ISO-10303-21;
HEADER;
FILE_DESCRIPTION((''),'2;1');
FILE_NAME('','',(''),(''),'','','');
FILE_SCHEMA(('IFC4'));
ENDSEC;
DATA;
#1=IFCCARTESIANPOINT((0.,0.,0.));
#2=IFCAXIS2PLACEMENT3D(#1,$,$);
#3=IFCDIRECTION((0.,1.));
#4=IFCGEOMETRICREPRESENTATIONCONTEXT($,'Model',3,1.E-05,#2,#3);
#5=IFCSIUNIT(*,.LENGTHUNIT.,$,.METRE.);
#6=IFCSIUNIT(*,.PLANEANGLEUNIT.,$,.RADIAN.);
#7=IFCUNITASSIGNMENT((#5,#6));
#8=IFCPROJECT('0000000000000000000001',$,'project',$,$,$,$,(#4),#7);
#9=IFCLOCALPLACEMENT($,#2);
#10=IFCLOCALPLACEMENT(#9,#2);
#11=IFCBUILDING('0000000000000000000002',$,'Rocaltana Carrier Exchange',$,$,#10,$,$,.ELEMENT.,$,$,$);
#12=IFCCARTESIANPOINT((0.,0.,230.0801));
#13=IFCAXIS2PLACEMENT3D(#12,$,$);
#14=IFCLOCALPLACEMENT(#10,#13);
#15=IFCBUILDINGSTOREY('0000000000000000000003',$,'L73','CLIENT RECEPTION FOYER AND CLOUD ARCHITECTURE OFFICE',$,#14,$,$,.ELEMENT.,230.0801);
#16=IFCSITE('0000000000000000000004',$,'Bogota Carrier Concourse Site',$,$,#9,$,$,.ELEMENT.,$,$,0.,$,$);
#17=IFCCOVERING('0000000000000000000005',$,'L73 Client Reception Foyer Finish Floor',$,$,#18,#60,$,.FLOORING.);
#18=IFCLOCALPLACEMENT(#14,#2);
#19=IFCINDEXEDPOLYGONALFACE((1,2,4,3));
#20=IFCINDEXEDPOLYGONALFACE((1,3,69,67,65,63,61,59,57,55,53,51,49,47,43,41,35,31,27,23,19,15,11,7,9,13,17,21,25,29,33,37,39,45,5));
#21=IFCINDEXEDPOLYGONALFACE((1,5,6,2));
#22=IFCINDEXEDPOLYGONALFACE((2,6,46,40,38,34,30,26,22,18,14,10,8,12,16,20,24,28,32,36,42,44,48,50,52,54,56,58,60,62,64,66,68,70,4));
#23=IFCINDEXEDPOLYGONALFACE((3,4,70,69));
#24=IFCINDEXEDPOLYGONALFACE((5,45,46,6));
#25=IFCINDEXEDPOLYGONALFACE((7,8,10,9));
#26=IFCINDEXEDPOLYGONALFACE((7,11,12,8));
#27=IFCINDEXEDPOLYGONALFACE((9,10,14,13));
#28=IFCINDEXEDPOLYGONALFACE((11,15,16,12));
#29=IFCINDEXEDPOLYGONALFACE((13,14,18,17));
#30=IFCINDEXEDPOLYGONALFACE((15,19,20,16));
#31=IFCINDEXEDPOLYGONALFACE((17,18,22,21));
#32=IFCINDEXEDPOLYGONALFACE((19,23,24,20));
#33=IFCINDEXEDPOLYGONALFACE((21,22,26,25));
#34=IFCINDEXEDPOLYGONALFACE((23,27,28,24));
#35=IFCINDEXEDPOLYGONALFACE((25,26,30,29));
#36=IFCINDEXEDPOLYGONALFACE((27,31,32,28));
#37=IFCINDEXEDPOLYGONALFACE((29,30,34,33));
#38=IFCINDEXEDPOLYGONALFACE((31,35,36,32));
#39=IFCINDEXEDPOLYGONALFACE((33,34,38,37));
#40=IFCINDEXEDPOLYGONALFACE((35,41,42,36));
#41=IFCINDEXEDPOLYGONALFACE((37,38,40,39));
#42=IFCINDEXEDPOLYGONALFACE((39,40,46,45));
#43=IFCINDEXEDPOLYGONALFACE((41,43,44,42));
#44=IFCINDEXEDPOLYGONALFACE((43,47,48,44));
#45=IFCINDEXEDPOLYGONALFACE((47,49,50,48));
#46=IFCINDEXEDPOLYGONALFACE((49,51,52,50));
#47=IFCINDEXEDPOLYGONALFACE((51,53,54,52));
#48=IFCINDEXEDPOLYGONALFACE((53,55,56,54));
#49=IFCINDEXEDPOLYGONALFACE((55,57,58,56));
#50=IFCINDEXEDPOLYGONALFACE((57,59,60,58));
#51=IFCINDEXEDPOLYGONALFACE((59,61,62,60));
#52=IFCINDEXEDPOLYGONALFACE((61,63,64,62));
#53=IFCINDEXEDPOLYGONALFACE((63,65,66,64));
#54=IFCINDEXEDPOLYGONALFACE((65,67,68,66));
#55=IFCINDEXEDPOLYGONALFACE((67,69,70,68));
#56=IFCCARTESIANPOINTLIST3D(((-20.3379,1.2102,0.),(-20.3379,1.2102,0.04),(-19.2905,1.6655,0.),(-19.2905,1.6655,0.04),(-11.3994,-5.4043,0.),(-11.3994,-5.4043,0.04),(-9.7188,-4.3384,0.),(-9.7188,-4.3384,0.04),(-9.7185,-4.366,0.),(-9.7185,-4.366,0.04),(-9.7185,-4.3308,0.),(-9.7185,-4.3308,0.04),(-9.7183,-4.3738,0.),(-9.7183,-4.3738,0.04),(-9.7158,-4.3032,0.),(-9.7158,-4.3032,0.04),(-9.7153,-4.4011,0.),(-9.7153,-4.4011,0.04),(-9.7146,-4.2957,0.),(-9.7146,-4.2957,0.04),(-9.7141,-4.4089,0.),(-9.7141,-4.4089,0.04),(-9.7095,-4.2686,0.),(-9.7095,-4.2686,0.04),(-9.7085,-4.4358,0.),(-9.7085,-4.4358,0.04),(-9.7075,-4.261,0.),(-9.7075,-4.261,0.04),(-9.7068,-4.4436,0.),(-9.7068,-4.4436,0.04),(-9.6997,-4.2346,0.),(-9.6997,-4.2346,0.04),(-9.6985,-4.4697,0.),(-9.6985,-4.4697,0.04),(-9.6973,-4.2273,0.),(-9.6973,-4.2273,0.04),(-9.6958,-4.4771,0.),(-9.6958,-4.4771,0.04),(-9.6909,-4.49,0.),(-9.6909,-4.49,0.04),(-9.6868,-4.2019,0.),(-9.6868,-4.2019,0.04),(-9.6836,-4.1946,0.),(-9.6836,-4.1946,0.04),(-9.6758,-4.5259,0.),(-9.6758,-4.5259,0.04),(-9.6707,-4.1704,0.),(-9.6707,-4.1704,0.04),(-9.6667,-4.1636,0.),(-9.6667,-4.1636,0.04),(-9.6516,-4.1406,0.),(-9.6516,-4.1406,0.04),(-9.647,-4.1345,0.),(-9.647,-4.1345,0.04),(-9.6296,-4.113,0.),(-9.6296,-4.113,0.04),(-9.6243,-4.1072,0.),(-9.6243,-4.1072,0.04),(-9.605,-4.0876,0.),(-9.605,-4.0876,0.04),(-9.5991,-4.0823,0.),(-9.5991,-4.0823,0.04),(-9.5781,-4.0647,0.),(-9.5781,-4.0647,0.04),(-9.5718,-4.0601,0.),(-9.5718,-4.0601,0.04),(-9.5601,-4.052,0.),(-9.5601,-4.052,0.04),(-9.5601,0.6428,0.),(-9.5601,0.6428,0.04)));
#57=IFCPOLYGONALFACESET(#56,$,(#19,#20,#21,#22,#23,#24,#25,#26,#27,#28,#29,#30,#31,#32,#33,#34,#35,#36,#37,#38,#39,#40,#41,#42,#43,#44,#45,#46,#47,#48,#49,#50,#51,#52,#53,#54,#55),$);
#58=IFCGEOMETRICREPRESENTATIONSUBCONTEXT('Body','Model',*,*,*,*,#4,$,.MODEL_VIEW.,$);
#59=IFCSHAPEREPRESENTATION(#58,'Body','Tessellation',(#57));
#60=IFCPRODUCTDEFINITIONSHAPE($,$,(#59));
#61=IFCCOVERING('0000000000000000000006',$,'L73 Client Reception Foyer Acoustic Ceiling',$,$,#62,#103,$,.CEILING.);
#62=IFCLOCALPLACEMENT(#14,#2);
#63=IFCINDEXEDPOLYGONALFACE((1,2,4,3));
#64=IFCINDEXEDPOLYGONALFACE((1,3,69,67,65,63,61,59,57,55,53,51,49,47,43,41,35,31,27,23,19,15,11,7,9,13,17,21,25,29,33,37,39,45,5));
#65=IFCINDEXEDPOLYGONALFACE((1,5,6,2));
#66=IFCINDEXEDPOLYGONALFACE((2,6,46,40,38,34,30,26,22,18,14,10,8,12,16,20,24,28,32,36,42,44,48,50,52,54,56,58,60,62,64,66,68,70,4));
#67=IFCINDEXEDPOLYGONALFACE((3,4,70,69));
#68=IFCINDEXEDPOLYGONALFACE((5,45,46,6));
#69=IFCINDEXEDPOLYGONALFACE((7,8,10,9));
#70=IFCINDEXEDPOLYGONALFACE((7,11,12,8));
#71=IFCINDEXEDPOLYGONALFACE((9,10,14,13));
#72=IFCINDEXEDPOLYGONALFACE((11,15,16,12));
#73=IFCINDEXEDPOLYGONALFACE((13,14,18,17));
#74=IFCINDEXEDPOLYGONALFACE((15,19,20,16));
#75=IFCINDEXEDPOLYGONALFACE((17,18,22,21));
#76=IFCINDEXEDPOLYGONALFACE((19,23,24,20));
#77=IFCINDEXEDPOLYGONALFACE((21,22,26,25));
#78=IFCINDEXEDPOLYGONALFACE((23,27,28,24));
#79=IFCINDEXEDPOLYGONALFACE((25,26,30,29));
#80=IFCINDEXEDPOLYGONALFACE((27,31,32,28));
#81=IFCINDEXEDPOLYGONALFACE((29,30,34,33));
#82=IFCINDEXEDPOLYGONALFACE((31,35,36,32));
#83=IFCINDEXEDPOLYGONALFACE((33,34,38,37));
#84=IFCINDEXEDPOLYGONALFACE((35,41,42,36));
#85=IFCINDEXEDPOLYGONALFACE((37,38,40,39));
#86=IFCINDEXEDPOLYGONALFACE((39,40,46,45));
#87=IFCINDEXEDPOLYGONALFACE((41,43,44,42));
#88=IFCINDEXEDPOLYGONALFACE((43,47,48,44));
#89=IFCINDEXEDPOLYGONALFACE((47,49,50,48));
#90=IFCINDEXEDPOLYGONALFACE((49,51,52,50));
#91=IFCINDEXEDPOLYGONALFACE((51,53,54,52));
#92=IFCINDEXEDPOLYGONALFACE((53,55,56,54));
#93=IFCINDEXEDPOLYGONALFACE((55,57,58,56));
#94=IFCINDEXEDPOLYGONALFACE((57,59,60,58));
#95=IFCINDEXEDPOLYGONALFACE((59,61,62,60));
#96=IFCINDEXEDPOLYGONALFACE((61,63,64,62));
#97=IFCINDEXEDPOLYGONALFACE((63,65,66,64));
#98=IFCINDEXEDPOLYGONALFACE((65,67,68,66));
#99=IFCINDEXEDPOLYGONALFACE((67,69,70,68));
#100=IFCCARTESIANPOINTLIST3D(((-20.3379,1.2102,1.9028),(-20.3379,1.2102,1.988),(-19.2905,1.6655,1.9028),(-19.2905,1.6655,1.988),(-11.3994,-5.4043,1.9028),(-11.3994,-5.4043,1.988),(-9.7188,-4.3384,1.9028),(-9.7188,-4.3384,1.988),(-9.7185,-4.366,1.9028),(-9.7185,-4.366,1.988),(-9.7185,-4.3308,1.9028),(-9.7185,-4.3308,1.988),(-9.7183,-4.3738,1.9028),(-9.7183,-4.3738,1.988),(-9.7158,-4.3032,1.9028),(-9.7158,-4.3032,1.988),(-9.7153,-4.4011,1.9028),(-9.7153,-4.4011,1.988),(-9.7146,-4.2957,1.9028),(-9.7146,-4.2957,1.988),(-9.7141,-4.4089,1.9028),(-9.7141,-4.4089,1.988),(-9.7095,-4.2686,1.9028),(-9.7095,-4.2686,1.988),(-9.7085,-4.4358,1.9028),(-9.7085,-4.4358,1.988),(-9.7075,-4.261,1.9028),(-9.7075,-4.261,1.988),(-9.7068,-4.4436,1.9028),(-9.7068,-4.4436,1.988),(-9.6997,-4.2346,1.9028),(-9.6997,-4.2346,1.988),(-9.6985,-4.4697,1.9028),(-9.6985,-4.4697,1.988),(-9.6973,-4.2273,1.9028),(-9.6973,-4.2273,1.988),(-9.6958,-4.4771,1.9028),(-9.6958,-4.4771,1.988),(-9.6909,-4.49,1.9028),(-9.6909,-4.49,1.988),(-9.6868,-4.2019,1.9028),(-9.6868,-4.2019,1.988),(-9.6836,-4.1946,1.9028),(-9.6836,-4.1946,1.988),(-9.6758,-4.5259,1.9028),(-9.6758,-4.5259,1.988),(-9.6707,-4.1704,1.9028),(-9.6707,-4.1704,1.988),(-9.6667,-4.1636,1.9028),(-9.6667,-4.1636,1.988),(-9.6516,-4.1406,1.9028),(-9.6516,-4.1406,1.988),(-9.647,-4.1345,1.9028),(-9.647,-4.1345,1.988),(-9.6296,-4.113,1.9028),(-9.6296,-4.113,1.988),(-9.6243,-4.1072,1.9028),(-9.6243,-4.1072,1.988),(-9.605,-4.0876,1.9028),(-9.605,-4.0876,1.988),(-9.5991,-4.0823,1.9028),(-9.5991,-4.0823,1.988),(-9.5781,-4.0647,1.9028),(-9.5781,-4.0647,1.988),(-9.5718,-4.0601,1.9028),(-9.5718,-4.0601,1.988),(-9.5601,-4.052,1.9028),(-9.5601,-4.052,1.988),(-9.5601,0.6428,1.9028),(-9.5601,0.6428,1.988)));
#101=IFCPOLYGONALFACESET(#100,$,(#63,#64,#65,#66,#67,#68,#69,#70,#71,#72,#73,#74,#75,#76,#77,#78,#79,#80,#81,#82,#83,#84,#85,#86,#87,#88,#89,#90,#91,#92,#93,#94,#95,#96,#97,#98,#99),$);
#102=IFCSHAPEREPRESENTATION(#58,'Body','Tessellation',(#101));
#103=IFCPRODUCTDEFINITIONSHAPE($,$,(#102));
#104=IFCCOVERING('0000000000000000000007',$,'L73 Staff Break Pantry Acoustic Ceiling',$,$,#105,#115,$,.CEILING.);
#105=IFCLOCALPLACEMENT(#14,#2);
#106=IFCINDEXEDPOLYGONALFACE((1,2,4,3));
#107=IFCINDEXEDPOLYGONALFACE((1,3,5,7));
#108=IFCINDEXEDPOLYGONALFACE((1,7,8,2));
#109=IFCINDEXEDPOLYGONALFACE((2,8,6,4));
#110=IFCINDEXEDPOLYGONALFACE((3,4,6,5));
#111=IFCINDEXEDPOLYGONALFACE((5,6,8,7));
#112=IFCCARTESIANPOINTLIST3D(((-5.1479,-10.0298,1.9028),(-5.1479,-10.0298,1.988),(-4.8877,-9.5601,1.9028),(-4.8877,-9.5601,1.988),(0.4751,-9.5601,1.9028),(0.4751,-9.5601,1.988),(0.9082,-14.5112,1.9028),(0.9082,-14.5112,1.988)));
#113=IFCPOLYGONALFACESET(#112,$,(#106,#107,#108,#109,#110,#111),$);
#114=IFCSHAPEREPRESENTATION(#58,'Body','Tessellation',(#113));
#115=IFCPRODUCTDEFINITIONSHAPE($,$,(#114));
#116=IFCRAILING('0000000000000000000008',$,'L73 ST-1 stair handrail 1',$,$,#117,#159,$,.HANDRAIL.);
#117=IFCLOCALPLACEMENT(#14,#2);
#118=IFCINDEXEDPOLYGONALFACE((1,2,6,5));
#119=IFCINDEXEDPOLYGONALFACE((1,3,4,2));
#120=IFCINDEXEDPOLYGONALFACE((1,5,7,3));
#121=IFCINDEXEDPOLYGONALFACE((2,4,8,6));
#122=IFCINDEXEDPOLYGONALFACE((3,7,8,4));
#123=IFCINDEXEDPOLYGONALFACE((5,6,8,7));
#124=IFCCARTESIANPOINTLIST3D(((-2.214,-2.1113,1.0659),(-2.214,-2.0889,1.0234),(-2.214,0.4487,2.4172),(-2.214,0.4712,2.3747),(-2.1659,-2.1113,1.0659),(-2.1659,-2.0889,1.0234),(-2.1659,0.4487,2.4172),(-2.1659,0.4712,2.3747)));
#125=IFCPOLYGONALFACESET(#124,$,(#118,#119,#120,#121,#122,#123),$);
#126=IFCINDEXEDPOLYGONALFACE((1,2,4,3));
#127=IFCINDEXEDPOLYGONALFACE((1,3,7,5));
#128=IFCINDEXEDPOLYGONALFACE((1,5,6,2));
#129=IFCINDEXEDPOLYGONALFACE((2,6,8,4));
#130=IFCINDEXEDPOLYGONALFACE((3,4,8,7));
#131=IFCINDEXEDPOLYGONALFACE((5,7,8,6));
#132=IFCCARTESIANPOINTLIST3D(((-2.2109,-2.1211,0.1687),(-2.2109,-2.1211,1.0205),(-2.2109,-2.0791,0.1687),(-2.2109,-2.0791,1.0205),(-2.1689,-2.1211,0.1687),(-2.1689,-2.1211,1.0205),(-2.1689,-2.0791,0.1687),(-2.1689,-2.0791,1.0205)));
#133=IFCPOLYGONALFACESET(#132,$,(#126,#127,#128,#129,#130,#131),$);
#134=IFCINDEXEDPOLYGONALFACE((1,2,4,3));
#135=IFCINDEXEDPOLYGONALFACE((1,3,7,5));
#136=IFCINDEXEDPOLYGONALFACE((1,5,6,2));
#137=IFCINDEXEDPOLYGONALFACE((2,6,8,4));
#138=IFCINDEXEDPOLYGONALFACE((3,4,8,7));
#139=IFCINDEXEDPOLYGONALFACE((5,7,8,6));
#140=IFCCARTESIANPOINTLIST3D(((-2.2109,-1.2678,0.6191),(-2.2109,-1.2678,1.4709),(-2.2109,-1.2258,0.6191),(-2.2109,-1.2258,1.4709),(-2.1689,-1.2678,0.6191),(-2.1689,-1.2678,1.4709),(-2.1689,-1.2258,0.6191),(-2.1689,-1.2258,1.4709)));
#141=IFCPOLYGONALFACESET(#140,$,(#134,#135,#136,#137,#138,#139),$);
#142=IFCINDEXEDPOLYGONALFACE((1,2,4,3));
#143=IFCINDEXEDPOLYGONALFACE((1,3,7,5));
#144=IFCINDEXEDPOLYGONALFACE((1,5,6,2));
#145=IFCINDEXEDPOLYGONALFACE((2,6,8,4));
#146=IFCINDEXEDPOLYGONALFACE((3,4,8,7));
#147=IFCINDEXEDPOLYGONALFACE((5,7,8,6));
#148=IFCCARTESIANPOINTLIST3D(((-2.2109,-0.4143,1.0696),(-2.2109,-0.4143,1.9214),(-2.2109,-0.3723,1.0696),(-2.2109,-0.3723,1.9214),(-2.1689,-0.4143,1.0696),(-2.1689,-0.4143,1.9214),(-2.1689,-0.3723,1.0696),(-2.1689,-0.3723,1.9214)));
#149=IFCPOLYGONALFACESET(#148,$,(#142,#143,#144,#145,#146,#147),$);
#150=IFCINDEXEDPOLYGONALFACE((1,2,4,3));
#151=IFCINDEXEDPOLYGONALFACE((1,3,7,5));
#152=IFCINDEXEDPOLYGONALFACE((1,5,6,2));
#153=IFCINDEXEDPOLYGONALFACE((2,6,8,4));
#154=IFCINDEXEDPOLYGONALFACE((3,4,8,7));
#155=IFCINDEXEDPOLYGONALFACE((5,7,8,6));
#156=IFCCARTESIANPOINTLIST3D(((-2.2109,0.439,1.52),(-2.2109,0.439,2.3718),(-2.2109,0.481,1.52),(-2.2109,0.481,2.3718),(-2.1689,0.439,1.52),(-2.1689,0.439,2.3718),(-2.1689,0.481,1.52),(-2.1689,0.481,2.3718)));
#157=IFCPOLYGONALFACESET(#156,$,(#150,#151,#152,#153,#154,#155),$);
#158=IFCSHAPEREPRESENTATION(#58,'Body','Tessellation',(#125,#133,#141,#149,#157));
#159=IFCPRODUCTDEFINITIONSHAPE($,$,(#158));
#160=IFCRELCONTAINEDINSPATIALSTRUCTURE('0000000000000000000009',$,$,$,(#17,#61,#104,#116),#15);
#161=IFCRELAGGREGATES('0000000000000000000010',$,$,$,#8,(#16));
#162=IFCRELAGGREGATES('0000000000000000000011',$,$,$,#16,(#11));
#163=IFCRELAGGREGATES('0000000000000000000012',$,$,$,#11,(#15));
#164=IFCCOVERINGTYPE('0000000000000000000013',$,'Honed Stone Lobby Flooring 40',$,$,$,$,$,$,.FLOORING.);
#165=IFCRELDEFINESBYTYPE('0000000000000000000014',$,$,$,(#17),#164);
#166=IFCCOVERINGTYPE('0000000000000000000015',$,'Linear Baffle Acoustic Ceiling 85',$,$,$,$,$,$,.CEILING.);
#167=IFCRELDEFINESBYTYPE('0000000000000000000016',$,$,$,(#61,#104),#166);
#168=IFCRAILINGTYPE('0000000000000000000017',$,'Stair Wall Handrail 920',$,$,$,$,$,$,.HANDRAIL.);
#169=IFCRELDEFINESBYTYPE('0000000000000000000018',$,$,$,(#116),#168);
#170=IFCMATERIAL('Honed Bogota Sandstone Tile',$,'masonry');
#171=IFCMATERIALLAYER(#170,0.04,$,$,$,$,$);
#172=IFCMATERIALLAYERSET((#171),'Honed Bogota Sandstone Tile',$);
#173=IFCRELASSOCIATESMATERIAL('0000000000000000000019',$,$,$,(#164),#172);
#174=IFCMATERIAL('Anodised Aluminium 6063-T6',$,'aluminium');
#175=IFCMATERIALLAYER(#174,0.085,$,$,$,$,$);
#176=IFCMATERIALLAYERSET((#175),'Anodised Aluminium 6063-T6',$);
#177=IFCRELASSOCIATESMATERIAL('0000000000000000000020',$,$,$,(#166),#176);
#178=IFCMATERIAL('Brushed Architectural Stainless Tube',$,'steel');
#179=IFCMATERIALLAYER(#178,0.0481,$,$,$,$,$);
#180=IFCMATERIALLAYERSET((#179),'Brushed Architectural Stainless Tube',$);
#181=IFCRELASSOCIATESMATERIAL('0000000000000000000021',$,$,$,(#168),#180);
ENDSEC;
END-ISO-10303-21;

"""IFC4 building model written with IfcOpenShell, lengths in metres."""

from ifc_helpers import new_model, si_unit, direction, frame, origin, origin_2d, place, context, subcontext, project, spatial, polyline, rectangle, outline, extrude, material, layer, layer_set, type_object, element, save


model = new_model("IFC4")

# Units and contexts
model_context = context("Model", 3, precision=1e-05, world=origin(), true_north=direction((0.0, 1.0)))
body_context = subcontext(model_context, "Body", "Model", "MODEL_VIEW")
ifc_project = project(units=[si_unit("LENGTHUNIT", "METRE"), si_unit("PLANEANGLEUNIT", "RADIAN")], contexts=[model_context])

# Site, building, storey
site_placement = place(None, origin())
site = spatial("IfcSite", under=ifc_project, at=site_placement, Name="Bogota Carrier Concourse Site", CompositionType="ELEMENT", RefElevation=0.0)
building_placement = place(site_placement, origin())
building = spatial("IfcBuilding", under=site, at=building_placement, Name="Rocaltana Carrier Exchange", CompositionType="ELEMENT")
storey_placement = place(building_placement, frame((0.0, 0.0, 230.0801)))
storey = spatial("IfcBuildingStorey", under=building, at=storey_placement, Name="L73", Description="CLIENT RECEPTION FOYER AND CLOUD ARCHITECTURE OFFICE", CompositionType="ELEMENT", Elevation=230.0801)

# Coverings
ifc_material_1 = material(Name="Honed Bogota Sandstone Tile", Category="masonry")
ifc_layer_1 = layer(ifc_material_1, 0.04)
ifc_layer_set_1 = layer_set([ifc_layer_1], Name="Honed Bogota Sandstone Tile")
covering_type_1 = type_object("IfcCoveringType", Name="Honed Stone Lobby Flooring 40", PredefinedType="FLOORING", material=ifc_layer_set_1)
covering_1_placement = place(storey_placement, origin())
element("IfcCovering", 1, at=covering_1_placement, inside=storey, type_object=covering_type_1, Name="L73 Client Reception Foyer Finish Floor", PredefinedType="FLOORING", context=body_context, shape_type="SweptSolid", body=[
    extrude(outline(polyline([(-19.2905, 1.6655), (-9.5601, 0.6428), (-9.5601, -4.052), (-9.5718, -4.0601), (-9.5781, -4.0647), (-9.5991, -4.0823), (-9.605, -4.0876), (-9.6243, -4.1072), (-9.6296, -4.113), (-9.647, -4.1345), (-9.6516, -4.1406), (-9.6667, -4.1636), (-9.6707, -4.1704), (-9.6836, -4.1946), (-9.6868, -4.2019), (-9.6973, -4.2273), (-9.6997, -4.2346), (-9.7075, -4.261), (-9.7095, -4.2686), (-9.7146, -4.2957), (-9.7158, -4.3032), (-9.7185, -4.3308), (-9.7188, -4.3384), (-9.7185, -4.366), (-9.7183, -4.3738), (-9.7153, -4.4011), (-9.7141, -4.4089), (-9.7085, -4.4358), (-9.7068, -4.4436), (-9.6985, -4.4697), (-9.6958, -4.4771), (-9.6909, -4.49), (-9.6758, -4.5259), (-11.3994, -5.4043), (-20.3379, 1.2102), (-19.2905, 1.6655)])), origin(), (0.0, 0.0, 1.0), 0.04),
])
ifc_material_2 = material(Name="Anodised Aluminium 6063-T6", Category="aluminium")
ifc_layer_2 = layer(ifc_material_2, 0.085)
ifc_layer_set_2 = layer_set([ifc_layer_2], Name="Anodised Aluminium 6063-T6")
covering_type_2 = type_object("IfcCoveringType", Name="Linear Baffle Acoustic Ceiling 85", PredefinedType="CEILING", material=ifc_layer_set_2)
covering_2_placement = place(storey_placement, frame((0.0, 0.0, 1.9028)))
element("IfcCovering", 2, at=covering_2_placement, inside=storey, type_object=covering_type_2, Name="L73 Client Reception Foyer Acoustic Ceiling", PredefinedType="CEILING", context=body_context, shape_type="SweptSolid", body=[
    extrude(outline(polyline([(-19.2905, 1.6655), (-9.5601, 0.6428), (-9.5601, -4.052), (-9.5718, -4.0601), (-9.5781, -4.0647), (-9.5991, -4.0823), (-9.605, -4.0876), (-9.6243, -4.1072), (-9.6296, -4.113), (-9.647, -4.1345), (-9.6516, -4.1406), (-9.6667, -4.1636), (-9.6707, -4.1704), (-9.6836, -4.1946), (-9.6868, -4.2019), (-9.6973, -4.2273), (-9.6997, -4.2346), (-9.7075, -4.261), (-9.7095, -4.2686), (-9.7146, -4.2957), (-9.7158, -4.3032), (-9.7185, -4.3308), (-9.7188, -4.3384), (-9.7185, -4.366), (-9.7183, -4.3738), (-9.7153, -4.4011), (-9.7141, -4.4089), (-9.7085, -4.4358), (-9.7068, -4.4436), (-9.6985, -4.4697), (-9.6958, -4.4771), (-9.6909, -4.49), (-9.6758, -4.5259), (-11.3994, -5.4043), (-20.3379, 1.2102), (-19.2905, 1.6655)])), origin(), (0.0, 0.0, 1.0), 0.0852),
])
covering_3_placement = place(storey_placement, frame((0.0, 0.0, 1.9028)))
element("IfcCovering", 3, at=covering_3_placement, inside=storey, type_object=covering_type_2, Name="L73 Staff Break Pantry Acoustic Ceiling", PredefinedType="CEILING", context=body_context, shape_type="SweptSolid", body=[
    extrude(outline(polyline([(0.4751, -9.5601), (0.9082, -14.5112), (-5.1479, -10.0298), (-4.8877, -9.5601), (0.4751, -9.5601)])), origin(), (0.0, 0.0, 1.0), 0.0852),
])

# Railing
ifc_material_3 = material(Name="Brushed Architectural Stainless Tube", Category="steel")
ifc_layer_3 = layer(ifc_material_3, 0.0481)
ifc_layer_set_3 = layer_set([ifc_layer_3], Name="Brushed Architectural Stainless Tube")
railing_type_1 = type_object("IfcRailingType", Name="Stair Wall Handrail 920", PredefinedType="HANDRAIL", material=ifc_layer_set_3)
railing_1_placement = place(storey_placement, frame((-2.1899, -2.1001, 0.1687)))
element("IfcRailing", 4, at=railing_1_placement, inside=storey, type_object=railing_type_1, Name="L73 ST-1 stair handrail 1", PredefinedType="HANDRAIL", context=body_context, shape_type="SweptSolid", body=[
    extrude(rectangle(XDim=0.0481, YDim=0.0481, at=origin_2d()), frame((0.0, 0.0, 0.876), z_axis=(0.0, 0.88436, 0.466806), x_axis=(-1.0, 0.0, 0.0)), (0.0, 0.0, 1.0), 2.8948),
    extrude(rectangle(XDim=0.042, YDim=0.042, at=origin_2d()), origin(), (0.0, 0.0, 1.0), 0.8518),
    extrude(rectangle(XDim=0.042, YDim=0.042, at=origin_2d()), frame((0.0, 0.8533, 0.4504)), (0.0, 0.0, 1.0), 0.8518),
    extrude(rectangle(XDim=0.042, YDim=0.042, at=origin_2d()), frame((0.0, 1.7068, 0.9009)), (0.0, 0.0, 1.0), 0.8518),
    extrude(rectangle(XDim=0.042, YDim=0.042, at=origin_2d()), frame((0.0, 2.5601, 1.3513)), (0.0, 0.0, 1.0), 0.8518),
])

save(model, "model.ifc")
